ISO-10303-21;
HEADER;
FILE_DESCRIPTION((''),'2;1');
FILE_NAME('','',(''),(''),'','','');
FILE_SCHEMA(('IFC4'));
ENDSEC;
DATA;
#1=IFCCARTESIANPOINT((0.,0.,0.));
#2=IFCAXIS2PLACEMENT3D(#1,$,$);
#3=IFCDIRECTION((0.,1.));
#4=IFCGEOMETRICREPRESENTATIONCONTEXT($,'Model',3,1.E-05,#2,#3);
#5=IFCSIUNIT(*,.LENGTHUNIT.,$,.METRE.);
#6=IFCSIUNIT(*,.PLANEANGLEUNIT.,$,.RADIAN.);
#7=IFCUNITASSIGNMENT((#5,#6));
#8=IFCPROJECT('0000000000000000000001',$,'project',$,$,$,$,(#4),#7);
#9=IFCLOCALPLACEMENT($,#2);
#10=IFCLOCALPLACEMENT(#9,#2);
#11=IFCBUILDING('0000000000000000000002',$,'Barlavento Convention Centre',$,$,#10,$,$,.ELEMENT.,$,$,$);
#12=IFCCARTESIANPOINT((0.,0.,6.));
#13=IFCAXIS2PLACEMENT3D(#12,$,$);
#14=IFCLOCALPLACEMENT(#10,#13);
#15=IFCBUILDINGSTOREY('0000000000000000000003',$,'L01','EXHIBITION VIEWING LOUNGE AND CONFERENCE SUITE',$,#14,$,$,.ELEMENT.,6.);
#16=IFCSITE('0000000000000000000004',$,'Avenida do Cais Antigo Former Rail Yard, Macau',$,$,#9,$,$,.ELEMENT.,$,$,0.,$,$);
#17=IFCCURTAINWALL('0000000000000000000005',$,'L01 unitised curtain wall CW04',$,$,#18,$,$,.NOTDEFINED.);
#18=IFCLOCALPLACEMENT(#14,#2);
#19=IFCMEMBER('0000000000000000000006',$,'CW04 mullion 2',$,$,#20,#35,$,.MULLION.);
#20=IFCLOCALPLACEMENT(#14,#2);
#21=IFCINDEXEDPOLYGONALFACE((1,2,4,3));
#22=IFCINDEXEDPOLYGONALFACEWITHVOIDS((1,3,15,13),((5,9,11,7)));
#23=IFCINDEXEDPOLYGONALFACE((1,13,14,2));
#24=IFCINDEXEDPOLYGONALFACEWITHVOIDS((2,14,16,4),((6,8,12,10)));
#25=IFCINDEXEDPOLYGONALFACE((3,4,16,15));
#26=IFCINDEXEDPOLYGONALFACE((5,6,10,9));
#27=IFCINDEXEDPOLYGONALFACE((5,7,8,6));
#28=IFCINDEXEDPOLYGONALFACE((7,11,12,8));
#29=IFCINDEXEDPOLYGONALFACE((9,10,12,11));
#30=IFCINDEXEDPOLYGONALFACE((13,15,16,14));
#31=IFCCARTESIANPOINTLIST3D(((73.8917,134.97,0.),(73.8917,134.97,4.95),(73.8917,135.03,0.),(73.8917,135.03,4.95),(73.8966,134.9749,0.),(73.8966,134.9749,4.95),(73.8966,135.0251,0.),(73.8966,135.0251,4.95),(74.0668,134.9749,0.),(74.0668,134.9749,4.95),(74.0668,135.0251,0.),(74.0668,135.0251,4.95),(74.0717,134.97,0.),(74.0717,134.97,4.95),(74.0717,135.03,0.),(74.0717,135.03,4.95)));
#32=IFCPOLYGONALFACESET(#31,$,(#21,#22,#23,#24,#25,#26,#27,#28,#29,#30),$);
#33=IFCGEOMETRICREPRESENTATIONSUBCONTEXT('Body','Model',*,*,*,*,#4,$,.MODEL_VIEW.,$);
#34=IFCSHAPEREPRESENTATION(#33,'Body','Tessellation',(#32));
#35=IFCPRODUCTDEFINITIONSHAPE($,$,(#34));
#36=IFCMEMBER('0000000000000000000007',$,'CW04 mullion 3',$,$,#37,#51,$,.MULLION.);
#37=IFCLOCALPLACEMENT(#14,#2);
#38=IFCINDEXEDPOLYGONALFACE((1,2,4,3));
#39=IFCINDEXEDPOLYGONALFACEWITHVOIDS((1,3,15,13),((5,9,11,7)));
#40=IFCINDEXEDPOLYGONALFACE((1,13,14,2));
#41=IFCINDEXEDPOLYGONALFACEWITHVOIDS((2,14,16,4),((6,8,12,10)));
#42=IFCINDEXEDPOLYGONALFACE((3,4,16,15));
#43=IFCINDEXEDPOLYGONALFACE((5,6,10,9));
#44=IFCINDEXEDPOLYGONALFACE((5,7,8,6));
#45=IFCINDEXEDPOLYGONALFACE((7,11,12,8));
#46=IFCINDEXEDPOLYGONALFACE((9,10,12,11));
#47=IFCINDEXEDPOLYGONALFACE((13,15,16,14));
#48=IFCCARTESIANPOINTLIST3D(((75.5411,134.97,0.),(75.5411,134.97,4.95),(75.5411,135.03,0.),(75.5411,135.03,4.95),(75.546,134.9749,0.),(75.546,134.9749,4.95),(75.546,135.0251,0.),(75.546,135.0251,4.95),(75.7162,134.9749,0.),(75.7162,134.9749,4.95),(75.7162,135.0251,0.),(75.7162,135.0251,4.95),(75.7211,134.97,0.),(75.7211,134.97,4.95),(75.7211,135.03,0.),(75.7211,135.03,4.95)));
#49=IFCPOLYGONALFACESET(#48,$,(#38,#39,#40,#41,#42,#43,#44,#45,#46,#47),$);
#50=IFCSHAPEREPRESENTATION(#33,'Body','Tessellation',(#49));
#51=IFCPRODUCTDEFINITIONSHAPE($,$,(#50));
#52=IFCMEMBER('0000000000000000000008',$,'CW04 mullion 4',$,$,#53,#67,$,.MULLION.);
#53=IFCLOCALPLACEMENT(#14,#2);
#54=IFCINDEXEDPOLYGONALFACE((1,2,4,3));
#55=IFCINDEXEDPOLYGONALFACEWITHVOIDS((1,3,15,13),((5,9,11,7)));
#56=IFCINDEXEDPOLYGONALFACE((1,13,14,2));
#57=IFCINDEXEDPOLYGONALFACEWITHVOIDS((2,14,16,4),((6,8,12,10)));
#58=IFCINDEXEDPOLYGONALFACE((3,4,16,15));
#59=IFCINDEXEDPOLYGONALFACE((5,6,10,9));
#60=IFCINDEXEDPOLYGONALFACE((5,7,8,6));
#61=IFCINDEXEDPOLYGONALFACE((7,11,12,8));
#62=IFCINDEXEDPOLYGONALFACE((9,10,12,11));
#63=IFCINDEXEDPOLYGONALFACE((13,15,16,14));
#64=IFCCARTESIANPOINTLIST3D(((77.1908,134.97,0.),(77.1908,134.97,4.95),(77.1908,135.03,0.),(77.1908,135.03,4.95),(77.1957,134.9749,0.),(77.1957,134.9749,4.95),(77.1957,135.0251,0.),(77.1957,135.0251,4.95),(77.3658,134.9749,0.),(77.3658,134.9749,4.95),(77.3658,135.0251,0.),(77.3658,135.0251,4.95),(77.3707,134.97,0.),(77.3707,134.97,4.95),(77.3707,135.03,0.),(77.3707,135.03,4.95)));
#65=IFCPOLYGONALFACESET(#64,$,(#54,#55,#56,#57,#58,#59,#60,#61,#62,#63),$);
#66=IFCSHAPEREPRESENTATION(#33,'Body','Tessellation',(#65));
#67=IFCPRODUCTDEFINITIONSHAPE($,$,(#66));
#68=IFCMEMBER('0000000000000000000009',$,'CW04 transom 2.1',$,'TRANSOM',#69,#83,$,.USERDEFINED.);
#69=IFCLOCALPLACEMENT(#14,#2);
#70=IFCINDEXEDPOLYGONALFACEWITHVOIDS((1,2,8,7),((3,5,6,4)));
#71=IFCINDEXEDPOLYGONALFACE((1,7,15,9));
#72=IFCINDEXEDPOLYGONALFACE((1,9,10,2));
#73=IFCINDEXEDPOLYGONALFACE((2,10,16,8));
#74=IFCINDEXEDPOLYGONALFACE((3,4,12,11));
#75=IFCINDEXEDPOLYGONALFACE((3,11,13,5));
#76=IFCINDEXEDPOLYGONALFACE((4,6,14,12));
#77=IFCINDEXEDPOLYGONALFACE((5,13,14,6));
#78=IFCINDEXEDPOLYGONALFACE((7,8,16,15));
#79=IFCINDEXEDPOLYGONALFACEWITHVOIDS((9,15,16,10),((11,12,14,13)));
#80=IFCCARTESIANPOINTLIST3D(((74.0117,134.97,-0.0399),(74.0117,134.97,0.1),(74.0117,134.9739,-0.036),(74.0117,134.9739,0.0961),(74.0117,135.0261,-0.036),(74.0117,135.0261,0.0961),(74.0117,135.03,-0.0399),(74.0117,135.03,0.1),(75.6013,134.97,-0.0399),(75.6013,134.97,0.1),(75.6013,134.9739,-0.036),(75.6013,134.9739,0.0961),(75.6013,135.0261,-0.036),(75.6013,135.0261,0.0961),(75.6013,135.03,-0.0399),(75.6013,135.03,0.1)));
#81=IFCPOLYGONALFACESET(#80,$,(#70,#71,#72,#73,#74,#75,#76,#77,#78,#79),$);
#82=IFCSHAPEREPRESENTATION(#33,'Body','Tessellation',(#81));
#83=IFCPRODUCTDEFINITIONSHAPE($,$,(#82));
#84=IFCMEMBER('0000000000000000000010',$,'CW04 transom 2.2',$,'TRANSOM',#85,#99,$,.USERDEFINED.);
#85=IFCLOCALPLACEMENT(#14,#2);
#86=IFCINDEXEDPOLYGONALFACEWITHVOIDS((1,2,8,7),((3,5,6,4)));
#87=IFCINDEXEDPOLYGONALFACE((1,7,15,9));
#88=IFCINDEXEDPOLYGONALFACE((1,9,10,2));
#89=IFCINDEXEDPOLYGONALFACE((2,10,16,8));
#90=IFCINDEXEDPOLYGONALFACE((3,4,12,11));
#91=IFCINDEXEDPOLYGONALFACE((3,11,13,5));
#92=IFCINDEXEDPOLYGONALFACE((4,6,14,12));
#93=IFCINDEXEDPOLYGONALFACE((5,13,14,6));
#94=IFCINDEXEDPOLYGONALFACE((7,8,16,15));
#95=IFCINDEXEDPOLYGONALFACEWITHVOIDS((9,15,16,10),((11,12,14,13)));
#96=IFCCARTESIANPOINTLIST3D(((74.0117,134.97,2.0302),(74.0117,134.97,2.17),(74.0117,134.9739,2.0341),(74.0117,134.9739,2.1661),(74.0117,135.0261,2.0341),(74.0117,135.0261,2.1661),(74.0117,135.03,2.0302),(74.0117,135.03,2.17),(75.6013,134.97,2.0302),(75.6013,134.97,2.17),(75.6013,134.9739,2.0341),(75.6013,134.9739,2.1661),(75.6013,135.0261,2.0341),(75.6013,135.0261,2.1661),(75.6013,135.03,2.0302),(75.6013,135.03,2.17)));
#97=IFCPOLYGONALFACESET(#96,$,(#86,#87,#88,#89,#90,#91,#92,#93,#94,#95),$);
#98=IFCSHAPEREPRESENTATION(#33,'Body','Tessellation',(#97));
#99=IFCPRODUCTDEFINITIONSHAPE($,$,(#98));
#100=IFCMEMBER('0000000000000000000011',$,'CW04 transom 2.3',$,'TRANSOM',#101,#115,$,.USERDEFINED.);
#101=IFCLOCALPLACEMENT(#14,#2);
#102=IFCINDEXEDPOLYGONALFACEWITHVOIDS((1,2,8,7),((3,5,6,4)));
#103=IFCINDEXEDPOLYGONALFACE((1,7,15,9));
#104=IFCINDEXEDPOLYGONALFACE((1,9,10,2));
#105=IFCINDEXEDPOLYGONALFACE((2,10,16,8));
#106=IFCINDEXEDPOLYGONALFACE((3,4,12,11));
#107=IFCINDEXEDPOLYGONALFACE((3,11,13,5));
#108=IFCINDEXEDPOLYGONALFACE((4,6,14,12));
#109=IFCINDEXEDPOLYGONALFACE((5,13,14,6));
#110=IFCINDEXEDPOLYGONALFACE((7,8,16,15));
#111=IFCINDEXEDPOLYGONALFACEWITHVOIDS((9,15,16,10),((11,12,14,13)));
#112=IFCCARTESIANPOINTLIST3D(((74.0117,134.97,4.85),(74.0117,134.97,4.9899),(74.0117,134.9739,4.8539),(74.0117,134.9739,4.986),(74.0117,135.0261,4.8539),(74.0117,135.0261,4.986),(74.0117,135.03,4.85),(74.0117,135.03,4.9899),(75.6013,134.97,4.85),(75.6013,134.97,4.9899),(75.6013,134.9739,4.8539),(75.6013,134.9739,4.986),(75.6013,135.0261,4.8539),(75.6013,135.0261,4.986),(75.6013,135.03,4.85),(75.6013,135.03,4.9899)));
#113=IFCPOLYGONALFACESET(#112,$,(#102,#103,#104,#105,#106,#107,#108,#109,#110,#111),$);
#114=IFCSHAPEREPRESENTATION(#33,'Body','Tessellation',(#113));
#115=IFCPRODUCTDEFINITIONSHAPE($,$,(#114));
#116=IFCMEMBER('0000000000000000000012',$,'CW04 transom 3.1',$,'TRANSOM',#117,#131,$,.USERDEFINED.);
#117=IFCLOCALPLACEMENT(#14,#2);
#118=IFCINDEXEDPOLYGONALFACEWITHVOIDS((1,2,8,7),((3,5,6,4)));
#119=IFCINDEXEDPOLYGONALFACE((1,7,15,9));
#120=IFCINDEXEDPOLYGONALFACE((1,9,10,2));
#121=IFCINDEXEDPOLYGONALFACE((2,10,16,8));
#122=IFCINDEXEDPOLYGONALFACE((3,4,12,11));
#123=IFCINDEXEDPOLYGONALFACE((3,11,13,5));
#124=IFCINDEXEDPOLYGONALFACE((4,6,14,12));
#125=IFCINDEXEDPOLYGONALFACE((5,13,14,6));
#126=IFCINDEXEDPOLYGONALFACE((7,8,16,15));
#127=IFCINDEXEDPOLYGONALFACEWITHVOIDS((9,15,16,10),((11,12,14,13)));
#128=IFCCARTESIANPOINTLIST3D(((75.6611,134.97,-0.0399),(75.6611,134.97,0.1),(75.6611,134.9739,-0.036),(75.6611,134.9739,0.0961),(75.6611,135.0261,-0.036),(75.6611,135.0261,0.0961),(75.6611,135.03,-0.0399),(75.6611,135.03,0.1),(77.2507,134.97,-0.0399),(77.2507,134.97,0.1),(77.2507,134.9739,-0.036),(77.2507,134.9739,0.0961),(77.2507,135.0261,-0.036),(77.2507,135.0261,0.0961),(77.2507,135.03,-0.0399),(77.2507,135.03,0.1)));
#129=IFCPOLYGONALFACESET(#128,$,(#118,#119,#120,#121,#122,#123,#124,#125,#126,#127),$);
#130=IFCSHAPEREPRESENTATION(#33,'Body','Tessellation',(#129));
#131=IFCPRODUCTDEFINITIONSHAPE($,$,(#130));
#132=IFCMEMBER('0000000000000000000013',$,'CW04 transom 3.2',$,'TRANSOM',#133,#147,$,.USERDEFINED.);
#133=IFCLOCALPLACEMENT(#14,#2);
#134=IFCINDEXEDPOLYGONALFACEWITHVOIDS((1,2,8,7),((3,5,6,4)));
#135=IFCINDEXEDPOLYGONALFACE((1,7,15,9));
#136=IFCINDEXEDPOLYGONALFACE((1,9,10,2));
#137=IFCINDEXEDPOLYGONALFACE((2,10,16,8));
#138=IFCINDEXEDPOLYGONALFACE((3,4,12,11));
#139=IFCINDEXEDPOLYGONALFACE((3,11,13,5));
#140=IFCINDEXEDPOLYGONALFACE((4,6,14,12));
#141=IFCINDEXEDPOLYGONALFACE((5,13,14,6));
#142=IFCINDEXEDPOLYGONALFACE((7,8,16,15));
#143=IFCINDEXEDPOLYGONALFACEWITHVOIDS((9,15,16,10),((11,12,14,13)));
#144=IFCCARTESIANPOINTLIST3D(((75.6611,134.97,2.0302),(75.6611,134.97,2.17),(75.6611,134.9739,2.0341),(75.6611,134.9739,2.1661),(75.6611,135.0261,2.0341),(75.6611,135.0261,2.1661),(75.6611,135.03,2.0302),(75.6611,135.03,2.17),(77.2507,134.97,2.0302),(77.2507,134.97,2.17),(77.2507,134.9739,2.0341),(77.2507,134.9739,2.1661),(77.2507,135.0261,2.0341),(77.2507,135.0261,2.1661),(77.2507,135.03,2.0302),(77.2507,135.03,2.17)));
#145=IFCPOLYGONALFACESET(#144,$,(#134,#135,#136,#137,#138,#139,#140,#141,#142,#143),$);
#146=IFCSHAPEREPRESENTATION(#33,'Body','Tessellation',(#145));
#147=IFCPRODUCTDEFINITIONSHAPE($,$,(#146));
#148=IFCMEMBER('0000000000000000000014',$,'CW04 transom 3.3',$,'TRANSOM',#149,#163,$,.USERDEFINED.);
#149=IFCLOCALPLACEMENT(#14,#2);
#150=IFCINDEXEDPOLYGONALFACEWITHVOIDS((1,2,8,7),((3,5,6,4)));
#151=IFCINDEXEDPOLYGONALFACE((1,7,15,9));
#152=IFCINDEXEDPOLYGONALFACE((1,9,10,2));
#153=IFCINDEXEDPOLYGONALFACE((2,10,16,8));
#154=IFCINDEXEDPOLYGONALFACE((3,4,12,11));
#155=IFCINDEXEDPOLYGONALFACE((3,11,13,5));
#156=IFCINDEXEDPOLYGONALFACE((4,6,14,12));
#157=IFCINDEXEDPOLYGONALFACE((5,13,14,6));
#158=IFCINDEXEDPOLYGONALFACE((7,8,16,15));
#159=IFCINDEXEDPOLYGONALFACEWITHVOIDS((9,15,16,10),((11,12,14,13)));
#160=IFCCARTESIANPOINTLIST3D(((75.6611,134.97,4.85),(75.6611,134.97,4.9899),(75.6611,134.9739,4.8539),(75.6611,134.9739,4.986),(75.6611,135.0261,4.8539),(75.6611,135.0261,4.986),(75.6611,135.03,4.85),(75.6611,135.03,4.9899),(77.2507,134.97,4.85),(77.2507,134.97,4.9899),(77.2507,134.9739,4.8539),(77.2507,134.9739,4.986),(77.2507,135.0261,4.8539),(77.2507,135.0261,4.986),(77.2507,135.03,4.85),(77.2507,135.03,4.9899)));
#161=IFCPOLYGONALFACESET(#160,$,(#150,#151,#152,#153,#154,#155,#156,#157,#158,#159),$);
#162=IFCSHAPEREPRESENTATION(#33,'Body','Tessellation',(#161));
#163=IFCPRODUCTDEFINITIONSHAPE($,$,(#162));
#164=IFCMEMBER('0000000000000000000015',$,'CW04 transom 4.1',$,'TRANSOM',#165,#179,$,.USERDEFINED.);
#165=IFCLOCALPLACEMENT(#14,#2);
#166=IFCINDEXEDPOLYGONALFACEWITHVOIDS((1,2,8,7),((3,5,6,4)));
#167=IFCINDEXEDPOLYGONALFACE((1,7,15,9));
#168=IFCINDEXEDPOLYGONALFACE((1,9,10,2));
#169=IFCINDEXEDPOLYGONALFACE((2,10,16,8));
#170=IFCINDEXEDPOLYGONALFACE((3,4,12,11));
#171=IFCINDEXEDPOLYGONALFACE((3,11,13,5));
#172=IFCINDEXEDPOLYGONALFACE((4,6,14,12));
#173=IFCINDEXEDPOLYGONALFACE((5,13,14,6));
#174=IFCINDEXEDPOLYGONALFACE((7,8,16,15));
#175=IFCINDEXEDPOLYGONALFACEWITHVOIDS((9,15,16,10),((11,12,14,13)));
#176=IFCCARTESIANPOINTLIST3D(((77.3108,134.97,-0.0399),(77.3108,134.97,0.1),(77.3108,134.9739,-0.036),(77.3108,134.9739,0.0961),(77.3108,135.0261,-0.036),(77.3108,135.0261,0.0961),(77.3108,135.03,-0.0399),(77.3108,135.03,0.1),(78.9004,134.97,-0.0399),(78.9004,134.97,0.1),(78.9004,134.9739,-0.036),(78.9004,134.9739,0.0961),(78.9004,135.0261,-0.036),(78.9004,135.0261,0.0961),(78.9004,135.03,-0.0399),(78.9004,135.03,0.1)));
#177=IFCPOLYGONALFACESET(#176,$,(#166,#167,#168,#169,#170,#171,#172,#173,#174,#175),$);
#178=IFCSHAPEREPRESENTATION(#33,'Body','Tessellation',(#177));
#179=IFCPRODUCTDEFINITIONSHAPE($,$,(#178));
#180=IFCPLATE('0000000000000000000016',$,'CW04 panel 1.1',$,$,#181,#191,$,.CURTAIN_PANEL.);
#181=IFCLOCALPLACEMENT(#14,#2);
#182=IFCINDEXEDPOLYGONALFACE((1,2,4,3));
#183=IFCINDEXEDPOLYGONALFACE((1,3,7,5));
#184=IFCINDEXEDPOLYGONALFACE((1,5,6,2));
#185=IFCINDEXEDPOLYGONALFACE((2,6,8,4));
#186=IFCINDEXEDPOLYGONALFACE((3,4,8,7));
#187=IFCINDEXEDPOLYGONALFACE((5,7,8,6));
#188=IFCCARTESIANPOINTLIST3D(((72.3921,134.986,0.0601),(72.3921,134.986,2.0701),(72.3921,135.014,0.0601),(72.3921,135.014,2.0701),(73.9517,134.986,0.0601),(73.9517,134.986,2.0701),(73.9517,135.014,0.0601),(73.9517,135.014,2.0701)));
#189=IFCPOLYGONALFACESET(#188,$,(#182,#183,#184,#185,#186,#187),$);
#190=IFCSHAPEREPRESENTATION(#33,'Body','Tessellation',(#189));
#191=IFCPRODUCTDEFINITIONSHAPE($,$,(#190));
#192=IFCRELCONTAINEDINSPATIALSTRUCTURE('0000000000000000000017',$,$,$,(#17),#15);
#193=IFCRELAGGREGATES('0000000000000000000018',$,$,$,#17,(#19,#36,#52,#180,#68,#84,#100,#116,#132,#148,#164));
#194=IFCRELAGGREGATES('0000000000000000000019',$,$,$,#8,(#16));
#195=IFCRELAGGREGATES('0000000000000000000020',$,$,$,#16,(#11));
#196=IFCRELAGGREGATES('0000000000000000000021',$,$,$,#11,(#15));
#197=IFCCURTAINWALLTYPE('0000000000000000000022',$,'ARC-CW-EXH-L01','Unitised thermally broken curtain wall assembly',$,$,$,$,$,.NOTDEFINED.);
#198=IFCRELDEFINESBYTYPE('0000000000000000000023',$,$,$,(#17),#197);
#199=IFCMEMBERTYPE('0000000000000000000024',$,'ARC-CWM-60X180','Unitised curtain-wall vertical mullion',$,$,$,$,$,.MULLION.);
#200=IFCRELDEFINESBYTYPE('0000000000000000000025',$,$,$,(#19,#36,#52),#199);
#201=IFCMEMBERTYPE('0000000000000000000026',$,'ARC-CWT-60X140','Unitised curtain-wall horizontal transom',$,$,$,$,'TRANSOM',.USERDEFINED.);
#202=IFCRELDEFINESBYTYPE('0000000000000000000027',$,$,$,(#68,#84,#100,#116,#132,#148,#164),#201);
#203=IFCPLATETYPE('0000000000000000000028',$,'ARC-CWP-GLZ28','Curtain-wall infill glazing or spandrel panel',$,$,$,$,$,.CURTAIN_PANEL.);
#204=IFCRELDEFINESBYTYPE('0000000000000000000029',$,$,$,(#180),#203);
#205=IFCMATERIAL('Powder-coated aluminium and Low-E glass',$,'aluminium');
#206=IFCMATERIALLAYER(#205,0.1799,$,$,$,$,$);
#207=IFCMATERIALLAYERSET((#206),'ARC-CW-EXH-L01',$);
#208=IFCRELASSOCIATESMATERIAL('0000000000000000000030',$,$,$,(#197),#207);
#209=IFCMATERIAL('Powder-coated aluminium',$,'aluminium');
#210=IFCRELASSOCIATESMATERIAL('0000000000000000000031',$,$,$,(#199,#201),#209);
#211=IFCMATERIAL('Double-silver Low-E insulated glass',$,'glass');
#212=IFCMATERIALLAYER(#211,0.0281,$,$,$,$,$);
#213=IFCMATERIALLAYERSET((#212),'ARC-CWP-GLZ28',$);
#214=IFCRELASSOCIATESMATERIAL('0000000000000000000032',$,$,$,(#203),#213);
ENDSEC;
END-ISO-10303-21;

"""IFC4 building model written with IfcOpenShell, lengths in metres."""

from ifc_helpers import new_model, si_unit, direction, frame, origin, origin_2d, place, context, subcontext, project, spatial, rectangle, hollow_rectangle, extrude, material, layer, layer_set, material_profile, profile_set, type_object, element, aggregate, save


model = new_model("IFC4")

# Units and contexts
model_context = context("Model", 3, precision=1e-05, world=origin(), true_north=direction((0.0, 1.0)))
body_context = subcontext(model_context, "Body", "Model", "MODEL_VIEW")
ifc_project = project(units=[si_unit("LENGTHUNIT", "METRE"), si_unit("PLANEANGLEUNIT", "RADIAN")], contexts=[model_context])

# Site, building, storey
site_placement = place(None, origin())
site = spatial("IfcSite", under=ifc_project, at=site_placement, Name="Avenida do Cais Antigo Former Rail Yard, Macau", CompositionType="ELEMENT", RefElevation=0.0)
building_placement = place(site_placement, origin())
building = spatial("IfcBuilding", under=site, at=building_placement, Name="Barlavento Convention Centre", CompositionType="ELEMENT")
storey_placement = place(building_placement, frame((0.0, 0.0, 6.0)))
storey = spatial("IfcBuildingStorey", under=building, at=storey_placement, Name="L01", Description="EXHIBITION VIEWING LOUNGE AND CONFERENCE SUITE", CompositionType="ELEMENT", Elevation=6.0)

# Curtain wall, members, plate
ifc_material_1 = material(Name="Powder-coated aluminium and Low-E glass", Category="aluminium")
ifc_layer_1 = layer(ifc_material_1, 0.1799)
ifc_layer_set_1 = layer_set([ifc_layer_1], Name="ARC-CW-EXH-L01")
curtain_wall_type = type_object("IfcCurtainWallType", Name="ARC-CW-EXH-L01", Description="Unitised thermally broken curtain wall assembly", PredefinedType="NOTDEFINED", material=ifc_layer_set_1)
curtain_wall_placement = place(storey_placement, origin())
curtain_wall = element("IfcCurtainWall", 1, at=curtain_wall_placement, inside=storey, type_object=curtain_wall_type, Name="L01 unitised curtain wall CW04", PredefinedType="NOTDEFINED")
ifc_material_2 = material(Name="Powder-coated aluminium", Category="aluminium")
ifc_material_profile_1 = material_profile(ifc_material_2, hollow_rectangle(XDim=0.0601, YDim=0.1799, WallThickness=0.0049, at=origin_2d()), Name="AL-MULL 60x180x5")
ifc_profile_set_1 = profile_set([ifc_material_profile_1], Name="Powder-coated aluminium")
member_type_1 = type_object("IfcMemberType", Name="ARC-CWM-60X180", Description="Unitised curtain-wall vertical mullion", PredefinedType="MULLION", material=ifc_profile_set_1)
member_1_placement = place(storey_placement, frame((73.9817, 135.0, 0.0), z_axis=(0.0, 0.0, 1.0), x_axis=(0.0, 1.0, 0.0)))
member_1 = element("IfcMember", 2, at=member_1_placement, type_object=member_type_1, Name="CW04 mullion 2", PredefinedType="MULLION", context=body_context, shape_type="SweptSolid", body=[
    extrude(hollow_rectangle(XDim=0.0601, YDim=0.1799, WallThickness=0.0049, at=origin_2d()), origin(), (0.0, 0.0, 1.0), 4.95),
])
member_2_placement = place(storey_placement, frame((75.6311, 135.0, 0.0), z_axis=(0.0, 0.0, 1.0), x_axis=(0.0, 1.0, 0.0)))
member_2 = element("IfcMember", 3, at=member_2_placement, type_object=member_type_1, Name="CW04 mullion 3", PredefinedType="MULLION", context=body_context, shape_type="SweptSolid", body=[
    extrude(hollow_rectangle(XDim=0.0601, YDim=0.1799, WallThickness=0.0049, at=origin_2d()), origin(), (0.0, 0.0, 1.0), 4.95),
])
member_3_placement = place(storey_placement, frame((77.2808, 135.0, 0.0), z_axis=(0.0, 0.0, 1.0), x_axis=(0.0, 1.0, 0.0)))
member_3 = element("IfcMember", 4, at=member_3_placement, type_object=member_type_1, Name="CW04 mullion 4", PredefinedType="MULLION", context=body_context, shape_type="SweptSolid", body=[
    extrude(hollow_rectangle(XDim=0.0601, YDim=0.1799, WallThickness=0.0049, at=origin_2d()), origin(), (0.0, 0.0, 1.0), 4.95),
])
ifc_material_profile_2 = material_profile(ifc_material_2, hollow_rectangle(XDim=0.0601, YDim=0.1399, WallThickness=0.0039, at=origin_2d()), Name="AL-TRAN 60x140x4")
ifc_profile_set_2 = profile_set([ifc_material_profile_2], Name="Powder-coated aluminium")
member_type_2 = type_object("IfcMemberType", Name="ARC-CWT-60X140", Description="Unitised curtain-wall horizontal transom", ElementType="TRANSOM", PredefinedType="USERDEFINED", material=ifc_profile_set_2)
member_4_placement = place(storey_placement, frame((74.0117, 135.0, 0.03), z_axis=(1.0, 0.0, 0.0), x_axis=(0.0, 1.0, 0.0)))
member_4 = element("IfcMember", 5, at=member_4_placement, type_object=member_type_2, Name="CW04 transom 2.1", ObjectType="TRANSOM", PredefinedType="USERDEFINED", context=body_context, shape_type="SweptSolid", body=[
    extrude(hollow_rectangle(XDim=0.0601, YDim=0.1399, WallThickness=0.0039, at=origin_2d()), origin(), (0.0, 0.0, 1.0), 1.5896),
])
member_5_placement = place(storey_placement, frame((74.0117, 135.0, 2.1001), z_axis=(1.0, 0.0, 0.0), x_axis=(0.0, 1.0, 0.0)))
member_5 = element("IfcMember", 6, at=member_5_placement, type_object=member_type_2, Name="CW04 transom 2.2", ObjectType="TRANSOM", PredefinedType="USERDEFINED", context=body_context, shape_type="SweptSolid", body=[
    extrude(hollow_rectangle(XDim=0.0601, YDim=0.1399, WallThickness=0.0039, at=origin_2d()), origin(), (0.0, 0.0, 1.0), 1.5896),
])
member_6_placement = place(storey_placement, frame((74.0117, 135.0, 4.9199), z_axis=(1.0, 0.0, 0.0), x_axis=(0.0, 1.0, 0.0)))
member_6 = element("IfcMember", 7, at=member_6_placement, type_object=member_type_2, Name="CW04 transom 2.3", ObjectType="TRANSOM", PredefinedType="USERDEFINED", context=body_context, shape_type="SweptSolid", body=[
    extrude(hollow_rectangle(XDim=0.0601, YDim=0.1399, WallThickness=0.0039, at=origin_2d()), origin(), (0.0, 0.0, 1.0), 1.5896),
])
member_7_placement = place(storey_placement, frame((75.6611, 135.0, 0.03), z_axis=(1.0, 0.0, 0.0), x_axis=(0.0, 1.0, 0.0)))
member_7 = element("IfcMember", 8, at=member_7_placement, type_object=member_type_2, Name="CW04 transom 3.1", ObjectType="TRANSOM", PredefinedType="USERDEFINED", context=body_context, shape_type="SweptSolid", body=[
    extrude(hollow_rectangle(XDim=0.0601, YDim=0.1399, WallThickness=0.0039, at=origin_2d()), origin(), (0.0, 0.0, 1.0), 1.5896),
])
member_8_placement = place(storey_placement, frame((75.6611, 135.0, 2.1001), z_axis=(1.0, 0.0, 0.0), x_axis=(0.0, 1.0, 0.0)))
member_8 = element("IfcMember", 9, at=member_8_placement, type_object=member_type_2, Name="CW04 transom 3.2", ObjectType="TRANSOM", PredefinedType="USERDEFINED", context=body_context, shape_type="SweptSolid", body=[
    extrude(hollow_rectangle(XDim=0.0601, YDim=0.1399, WallThickness=0.0039, at=origin_2d()), origin(), (0.0, 0.0, 1.0), 1.5896),
])
member_9_placement = place(storey_placement, frame((75.6611, 135.0, 4.9199), z_axis=(1.0, 0.0, 0.0), x_axis=(0.0, 1.0, 0.0)))
member_9 = element("IfcMember", 10, at=member_9_placement, type_object=member_type_2, Name="CW04 transom 3.3", ObjectType="TRANSOM", PredefinedType="USERDEFINED", context=body_context, shape_type="SweptSolid", body=[
    extrude(hollow_rectangle(XDim=0.0601, YDim=0.1399, WallThickness=0.0039, at=origin_2d()), origin(), (0.0, 0.0, 1.0), 1.5896),
])
member_10_placement = place(storey_placement, frame((77.3108, 135.0, 0.03), z_axis=(1.0, 0.0, 0.0), x_axis=(0.0, 1.0, 0.0)))
member_10 = element("IfcMember", 11, at=member_10_placement, type_object=member_type_2, Name="CW04 transom 4.1", ObjectType="TRANSOM", PredefinedType="USERDEFINED", context=body_context, shape_type="SweptSolid", body=[
    extrude(hollow_rectangle(XDim=0.0601, YDim=0.1399, WallThickness=0.0039, at=origin_2d()), origin(), (0.0, 0.0, 1.0), 1.5896),
])
ifc_material_3 = material(Name="Double-silver Low-E insulated glass", Category="glass")
ifc_layer_2 = layer(ifc_material_3, 0.0281)
ifc_layer_set_2 = layer_set([ifc_layer_2], Name="ARC-CWP-GLZ28")
plate_type = type_object("IfcPlateType", Name="ARC-CWP-GLZ28", Description="Curtain-wall infill glazing or spandrel panel", PredefinedType="CURTAIN_PANEL", material=ifc_layer_set_2)
plate_1_placement = place(storey_placement, frame((73.1719, 135.0, 0.0601), z_axis=(0.0, 0.0, 1.0), x_axis=(1.0, 0.0, 0.0)))
plate_1 = element("IfcPlate", 12, at=plate_1_placement, type_object=plate_type, Name="CW04 panel 1.1", PredefinedType="CURTAIN_PANEL", context=body_context, shape_type="SweptSolid", body=[
    extrude(rectangle(XDim=1.5596, YDim=0.0281, at=origin_2d()), origin(), (0.0, 0.0, 1.0), 2.01),
])
aggregate(curtain_wall, [member_1, member_2, member_3, plate_1, member_4, member_5, member_6, member_7, member_8, member_9, member_10])

save(model, "model.ifc")
